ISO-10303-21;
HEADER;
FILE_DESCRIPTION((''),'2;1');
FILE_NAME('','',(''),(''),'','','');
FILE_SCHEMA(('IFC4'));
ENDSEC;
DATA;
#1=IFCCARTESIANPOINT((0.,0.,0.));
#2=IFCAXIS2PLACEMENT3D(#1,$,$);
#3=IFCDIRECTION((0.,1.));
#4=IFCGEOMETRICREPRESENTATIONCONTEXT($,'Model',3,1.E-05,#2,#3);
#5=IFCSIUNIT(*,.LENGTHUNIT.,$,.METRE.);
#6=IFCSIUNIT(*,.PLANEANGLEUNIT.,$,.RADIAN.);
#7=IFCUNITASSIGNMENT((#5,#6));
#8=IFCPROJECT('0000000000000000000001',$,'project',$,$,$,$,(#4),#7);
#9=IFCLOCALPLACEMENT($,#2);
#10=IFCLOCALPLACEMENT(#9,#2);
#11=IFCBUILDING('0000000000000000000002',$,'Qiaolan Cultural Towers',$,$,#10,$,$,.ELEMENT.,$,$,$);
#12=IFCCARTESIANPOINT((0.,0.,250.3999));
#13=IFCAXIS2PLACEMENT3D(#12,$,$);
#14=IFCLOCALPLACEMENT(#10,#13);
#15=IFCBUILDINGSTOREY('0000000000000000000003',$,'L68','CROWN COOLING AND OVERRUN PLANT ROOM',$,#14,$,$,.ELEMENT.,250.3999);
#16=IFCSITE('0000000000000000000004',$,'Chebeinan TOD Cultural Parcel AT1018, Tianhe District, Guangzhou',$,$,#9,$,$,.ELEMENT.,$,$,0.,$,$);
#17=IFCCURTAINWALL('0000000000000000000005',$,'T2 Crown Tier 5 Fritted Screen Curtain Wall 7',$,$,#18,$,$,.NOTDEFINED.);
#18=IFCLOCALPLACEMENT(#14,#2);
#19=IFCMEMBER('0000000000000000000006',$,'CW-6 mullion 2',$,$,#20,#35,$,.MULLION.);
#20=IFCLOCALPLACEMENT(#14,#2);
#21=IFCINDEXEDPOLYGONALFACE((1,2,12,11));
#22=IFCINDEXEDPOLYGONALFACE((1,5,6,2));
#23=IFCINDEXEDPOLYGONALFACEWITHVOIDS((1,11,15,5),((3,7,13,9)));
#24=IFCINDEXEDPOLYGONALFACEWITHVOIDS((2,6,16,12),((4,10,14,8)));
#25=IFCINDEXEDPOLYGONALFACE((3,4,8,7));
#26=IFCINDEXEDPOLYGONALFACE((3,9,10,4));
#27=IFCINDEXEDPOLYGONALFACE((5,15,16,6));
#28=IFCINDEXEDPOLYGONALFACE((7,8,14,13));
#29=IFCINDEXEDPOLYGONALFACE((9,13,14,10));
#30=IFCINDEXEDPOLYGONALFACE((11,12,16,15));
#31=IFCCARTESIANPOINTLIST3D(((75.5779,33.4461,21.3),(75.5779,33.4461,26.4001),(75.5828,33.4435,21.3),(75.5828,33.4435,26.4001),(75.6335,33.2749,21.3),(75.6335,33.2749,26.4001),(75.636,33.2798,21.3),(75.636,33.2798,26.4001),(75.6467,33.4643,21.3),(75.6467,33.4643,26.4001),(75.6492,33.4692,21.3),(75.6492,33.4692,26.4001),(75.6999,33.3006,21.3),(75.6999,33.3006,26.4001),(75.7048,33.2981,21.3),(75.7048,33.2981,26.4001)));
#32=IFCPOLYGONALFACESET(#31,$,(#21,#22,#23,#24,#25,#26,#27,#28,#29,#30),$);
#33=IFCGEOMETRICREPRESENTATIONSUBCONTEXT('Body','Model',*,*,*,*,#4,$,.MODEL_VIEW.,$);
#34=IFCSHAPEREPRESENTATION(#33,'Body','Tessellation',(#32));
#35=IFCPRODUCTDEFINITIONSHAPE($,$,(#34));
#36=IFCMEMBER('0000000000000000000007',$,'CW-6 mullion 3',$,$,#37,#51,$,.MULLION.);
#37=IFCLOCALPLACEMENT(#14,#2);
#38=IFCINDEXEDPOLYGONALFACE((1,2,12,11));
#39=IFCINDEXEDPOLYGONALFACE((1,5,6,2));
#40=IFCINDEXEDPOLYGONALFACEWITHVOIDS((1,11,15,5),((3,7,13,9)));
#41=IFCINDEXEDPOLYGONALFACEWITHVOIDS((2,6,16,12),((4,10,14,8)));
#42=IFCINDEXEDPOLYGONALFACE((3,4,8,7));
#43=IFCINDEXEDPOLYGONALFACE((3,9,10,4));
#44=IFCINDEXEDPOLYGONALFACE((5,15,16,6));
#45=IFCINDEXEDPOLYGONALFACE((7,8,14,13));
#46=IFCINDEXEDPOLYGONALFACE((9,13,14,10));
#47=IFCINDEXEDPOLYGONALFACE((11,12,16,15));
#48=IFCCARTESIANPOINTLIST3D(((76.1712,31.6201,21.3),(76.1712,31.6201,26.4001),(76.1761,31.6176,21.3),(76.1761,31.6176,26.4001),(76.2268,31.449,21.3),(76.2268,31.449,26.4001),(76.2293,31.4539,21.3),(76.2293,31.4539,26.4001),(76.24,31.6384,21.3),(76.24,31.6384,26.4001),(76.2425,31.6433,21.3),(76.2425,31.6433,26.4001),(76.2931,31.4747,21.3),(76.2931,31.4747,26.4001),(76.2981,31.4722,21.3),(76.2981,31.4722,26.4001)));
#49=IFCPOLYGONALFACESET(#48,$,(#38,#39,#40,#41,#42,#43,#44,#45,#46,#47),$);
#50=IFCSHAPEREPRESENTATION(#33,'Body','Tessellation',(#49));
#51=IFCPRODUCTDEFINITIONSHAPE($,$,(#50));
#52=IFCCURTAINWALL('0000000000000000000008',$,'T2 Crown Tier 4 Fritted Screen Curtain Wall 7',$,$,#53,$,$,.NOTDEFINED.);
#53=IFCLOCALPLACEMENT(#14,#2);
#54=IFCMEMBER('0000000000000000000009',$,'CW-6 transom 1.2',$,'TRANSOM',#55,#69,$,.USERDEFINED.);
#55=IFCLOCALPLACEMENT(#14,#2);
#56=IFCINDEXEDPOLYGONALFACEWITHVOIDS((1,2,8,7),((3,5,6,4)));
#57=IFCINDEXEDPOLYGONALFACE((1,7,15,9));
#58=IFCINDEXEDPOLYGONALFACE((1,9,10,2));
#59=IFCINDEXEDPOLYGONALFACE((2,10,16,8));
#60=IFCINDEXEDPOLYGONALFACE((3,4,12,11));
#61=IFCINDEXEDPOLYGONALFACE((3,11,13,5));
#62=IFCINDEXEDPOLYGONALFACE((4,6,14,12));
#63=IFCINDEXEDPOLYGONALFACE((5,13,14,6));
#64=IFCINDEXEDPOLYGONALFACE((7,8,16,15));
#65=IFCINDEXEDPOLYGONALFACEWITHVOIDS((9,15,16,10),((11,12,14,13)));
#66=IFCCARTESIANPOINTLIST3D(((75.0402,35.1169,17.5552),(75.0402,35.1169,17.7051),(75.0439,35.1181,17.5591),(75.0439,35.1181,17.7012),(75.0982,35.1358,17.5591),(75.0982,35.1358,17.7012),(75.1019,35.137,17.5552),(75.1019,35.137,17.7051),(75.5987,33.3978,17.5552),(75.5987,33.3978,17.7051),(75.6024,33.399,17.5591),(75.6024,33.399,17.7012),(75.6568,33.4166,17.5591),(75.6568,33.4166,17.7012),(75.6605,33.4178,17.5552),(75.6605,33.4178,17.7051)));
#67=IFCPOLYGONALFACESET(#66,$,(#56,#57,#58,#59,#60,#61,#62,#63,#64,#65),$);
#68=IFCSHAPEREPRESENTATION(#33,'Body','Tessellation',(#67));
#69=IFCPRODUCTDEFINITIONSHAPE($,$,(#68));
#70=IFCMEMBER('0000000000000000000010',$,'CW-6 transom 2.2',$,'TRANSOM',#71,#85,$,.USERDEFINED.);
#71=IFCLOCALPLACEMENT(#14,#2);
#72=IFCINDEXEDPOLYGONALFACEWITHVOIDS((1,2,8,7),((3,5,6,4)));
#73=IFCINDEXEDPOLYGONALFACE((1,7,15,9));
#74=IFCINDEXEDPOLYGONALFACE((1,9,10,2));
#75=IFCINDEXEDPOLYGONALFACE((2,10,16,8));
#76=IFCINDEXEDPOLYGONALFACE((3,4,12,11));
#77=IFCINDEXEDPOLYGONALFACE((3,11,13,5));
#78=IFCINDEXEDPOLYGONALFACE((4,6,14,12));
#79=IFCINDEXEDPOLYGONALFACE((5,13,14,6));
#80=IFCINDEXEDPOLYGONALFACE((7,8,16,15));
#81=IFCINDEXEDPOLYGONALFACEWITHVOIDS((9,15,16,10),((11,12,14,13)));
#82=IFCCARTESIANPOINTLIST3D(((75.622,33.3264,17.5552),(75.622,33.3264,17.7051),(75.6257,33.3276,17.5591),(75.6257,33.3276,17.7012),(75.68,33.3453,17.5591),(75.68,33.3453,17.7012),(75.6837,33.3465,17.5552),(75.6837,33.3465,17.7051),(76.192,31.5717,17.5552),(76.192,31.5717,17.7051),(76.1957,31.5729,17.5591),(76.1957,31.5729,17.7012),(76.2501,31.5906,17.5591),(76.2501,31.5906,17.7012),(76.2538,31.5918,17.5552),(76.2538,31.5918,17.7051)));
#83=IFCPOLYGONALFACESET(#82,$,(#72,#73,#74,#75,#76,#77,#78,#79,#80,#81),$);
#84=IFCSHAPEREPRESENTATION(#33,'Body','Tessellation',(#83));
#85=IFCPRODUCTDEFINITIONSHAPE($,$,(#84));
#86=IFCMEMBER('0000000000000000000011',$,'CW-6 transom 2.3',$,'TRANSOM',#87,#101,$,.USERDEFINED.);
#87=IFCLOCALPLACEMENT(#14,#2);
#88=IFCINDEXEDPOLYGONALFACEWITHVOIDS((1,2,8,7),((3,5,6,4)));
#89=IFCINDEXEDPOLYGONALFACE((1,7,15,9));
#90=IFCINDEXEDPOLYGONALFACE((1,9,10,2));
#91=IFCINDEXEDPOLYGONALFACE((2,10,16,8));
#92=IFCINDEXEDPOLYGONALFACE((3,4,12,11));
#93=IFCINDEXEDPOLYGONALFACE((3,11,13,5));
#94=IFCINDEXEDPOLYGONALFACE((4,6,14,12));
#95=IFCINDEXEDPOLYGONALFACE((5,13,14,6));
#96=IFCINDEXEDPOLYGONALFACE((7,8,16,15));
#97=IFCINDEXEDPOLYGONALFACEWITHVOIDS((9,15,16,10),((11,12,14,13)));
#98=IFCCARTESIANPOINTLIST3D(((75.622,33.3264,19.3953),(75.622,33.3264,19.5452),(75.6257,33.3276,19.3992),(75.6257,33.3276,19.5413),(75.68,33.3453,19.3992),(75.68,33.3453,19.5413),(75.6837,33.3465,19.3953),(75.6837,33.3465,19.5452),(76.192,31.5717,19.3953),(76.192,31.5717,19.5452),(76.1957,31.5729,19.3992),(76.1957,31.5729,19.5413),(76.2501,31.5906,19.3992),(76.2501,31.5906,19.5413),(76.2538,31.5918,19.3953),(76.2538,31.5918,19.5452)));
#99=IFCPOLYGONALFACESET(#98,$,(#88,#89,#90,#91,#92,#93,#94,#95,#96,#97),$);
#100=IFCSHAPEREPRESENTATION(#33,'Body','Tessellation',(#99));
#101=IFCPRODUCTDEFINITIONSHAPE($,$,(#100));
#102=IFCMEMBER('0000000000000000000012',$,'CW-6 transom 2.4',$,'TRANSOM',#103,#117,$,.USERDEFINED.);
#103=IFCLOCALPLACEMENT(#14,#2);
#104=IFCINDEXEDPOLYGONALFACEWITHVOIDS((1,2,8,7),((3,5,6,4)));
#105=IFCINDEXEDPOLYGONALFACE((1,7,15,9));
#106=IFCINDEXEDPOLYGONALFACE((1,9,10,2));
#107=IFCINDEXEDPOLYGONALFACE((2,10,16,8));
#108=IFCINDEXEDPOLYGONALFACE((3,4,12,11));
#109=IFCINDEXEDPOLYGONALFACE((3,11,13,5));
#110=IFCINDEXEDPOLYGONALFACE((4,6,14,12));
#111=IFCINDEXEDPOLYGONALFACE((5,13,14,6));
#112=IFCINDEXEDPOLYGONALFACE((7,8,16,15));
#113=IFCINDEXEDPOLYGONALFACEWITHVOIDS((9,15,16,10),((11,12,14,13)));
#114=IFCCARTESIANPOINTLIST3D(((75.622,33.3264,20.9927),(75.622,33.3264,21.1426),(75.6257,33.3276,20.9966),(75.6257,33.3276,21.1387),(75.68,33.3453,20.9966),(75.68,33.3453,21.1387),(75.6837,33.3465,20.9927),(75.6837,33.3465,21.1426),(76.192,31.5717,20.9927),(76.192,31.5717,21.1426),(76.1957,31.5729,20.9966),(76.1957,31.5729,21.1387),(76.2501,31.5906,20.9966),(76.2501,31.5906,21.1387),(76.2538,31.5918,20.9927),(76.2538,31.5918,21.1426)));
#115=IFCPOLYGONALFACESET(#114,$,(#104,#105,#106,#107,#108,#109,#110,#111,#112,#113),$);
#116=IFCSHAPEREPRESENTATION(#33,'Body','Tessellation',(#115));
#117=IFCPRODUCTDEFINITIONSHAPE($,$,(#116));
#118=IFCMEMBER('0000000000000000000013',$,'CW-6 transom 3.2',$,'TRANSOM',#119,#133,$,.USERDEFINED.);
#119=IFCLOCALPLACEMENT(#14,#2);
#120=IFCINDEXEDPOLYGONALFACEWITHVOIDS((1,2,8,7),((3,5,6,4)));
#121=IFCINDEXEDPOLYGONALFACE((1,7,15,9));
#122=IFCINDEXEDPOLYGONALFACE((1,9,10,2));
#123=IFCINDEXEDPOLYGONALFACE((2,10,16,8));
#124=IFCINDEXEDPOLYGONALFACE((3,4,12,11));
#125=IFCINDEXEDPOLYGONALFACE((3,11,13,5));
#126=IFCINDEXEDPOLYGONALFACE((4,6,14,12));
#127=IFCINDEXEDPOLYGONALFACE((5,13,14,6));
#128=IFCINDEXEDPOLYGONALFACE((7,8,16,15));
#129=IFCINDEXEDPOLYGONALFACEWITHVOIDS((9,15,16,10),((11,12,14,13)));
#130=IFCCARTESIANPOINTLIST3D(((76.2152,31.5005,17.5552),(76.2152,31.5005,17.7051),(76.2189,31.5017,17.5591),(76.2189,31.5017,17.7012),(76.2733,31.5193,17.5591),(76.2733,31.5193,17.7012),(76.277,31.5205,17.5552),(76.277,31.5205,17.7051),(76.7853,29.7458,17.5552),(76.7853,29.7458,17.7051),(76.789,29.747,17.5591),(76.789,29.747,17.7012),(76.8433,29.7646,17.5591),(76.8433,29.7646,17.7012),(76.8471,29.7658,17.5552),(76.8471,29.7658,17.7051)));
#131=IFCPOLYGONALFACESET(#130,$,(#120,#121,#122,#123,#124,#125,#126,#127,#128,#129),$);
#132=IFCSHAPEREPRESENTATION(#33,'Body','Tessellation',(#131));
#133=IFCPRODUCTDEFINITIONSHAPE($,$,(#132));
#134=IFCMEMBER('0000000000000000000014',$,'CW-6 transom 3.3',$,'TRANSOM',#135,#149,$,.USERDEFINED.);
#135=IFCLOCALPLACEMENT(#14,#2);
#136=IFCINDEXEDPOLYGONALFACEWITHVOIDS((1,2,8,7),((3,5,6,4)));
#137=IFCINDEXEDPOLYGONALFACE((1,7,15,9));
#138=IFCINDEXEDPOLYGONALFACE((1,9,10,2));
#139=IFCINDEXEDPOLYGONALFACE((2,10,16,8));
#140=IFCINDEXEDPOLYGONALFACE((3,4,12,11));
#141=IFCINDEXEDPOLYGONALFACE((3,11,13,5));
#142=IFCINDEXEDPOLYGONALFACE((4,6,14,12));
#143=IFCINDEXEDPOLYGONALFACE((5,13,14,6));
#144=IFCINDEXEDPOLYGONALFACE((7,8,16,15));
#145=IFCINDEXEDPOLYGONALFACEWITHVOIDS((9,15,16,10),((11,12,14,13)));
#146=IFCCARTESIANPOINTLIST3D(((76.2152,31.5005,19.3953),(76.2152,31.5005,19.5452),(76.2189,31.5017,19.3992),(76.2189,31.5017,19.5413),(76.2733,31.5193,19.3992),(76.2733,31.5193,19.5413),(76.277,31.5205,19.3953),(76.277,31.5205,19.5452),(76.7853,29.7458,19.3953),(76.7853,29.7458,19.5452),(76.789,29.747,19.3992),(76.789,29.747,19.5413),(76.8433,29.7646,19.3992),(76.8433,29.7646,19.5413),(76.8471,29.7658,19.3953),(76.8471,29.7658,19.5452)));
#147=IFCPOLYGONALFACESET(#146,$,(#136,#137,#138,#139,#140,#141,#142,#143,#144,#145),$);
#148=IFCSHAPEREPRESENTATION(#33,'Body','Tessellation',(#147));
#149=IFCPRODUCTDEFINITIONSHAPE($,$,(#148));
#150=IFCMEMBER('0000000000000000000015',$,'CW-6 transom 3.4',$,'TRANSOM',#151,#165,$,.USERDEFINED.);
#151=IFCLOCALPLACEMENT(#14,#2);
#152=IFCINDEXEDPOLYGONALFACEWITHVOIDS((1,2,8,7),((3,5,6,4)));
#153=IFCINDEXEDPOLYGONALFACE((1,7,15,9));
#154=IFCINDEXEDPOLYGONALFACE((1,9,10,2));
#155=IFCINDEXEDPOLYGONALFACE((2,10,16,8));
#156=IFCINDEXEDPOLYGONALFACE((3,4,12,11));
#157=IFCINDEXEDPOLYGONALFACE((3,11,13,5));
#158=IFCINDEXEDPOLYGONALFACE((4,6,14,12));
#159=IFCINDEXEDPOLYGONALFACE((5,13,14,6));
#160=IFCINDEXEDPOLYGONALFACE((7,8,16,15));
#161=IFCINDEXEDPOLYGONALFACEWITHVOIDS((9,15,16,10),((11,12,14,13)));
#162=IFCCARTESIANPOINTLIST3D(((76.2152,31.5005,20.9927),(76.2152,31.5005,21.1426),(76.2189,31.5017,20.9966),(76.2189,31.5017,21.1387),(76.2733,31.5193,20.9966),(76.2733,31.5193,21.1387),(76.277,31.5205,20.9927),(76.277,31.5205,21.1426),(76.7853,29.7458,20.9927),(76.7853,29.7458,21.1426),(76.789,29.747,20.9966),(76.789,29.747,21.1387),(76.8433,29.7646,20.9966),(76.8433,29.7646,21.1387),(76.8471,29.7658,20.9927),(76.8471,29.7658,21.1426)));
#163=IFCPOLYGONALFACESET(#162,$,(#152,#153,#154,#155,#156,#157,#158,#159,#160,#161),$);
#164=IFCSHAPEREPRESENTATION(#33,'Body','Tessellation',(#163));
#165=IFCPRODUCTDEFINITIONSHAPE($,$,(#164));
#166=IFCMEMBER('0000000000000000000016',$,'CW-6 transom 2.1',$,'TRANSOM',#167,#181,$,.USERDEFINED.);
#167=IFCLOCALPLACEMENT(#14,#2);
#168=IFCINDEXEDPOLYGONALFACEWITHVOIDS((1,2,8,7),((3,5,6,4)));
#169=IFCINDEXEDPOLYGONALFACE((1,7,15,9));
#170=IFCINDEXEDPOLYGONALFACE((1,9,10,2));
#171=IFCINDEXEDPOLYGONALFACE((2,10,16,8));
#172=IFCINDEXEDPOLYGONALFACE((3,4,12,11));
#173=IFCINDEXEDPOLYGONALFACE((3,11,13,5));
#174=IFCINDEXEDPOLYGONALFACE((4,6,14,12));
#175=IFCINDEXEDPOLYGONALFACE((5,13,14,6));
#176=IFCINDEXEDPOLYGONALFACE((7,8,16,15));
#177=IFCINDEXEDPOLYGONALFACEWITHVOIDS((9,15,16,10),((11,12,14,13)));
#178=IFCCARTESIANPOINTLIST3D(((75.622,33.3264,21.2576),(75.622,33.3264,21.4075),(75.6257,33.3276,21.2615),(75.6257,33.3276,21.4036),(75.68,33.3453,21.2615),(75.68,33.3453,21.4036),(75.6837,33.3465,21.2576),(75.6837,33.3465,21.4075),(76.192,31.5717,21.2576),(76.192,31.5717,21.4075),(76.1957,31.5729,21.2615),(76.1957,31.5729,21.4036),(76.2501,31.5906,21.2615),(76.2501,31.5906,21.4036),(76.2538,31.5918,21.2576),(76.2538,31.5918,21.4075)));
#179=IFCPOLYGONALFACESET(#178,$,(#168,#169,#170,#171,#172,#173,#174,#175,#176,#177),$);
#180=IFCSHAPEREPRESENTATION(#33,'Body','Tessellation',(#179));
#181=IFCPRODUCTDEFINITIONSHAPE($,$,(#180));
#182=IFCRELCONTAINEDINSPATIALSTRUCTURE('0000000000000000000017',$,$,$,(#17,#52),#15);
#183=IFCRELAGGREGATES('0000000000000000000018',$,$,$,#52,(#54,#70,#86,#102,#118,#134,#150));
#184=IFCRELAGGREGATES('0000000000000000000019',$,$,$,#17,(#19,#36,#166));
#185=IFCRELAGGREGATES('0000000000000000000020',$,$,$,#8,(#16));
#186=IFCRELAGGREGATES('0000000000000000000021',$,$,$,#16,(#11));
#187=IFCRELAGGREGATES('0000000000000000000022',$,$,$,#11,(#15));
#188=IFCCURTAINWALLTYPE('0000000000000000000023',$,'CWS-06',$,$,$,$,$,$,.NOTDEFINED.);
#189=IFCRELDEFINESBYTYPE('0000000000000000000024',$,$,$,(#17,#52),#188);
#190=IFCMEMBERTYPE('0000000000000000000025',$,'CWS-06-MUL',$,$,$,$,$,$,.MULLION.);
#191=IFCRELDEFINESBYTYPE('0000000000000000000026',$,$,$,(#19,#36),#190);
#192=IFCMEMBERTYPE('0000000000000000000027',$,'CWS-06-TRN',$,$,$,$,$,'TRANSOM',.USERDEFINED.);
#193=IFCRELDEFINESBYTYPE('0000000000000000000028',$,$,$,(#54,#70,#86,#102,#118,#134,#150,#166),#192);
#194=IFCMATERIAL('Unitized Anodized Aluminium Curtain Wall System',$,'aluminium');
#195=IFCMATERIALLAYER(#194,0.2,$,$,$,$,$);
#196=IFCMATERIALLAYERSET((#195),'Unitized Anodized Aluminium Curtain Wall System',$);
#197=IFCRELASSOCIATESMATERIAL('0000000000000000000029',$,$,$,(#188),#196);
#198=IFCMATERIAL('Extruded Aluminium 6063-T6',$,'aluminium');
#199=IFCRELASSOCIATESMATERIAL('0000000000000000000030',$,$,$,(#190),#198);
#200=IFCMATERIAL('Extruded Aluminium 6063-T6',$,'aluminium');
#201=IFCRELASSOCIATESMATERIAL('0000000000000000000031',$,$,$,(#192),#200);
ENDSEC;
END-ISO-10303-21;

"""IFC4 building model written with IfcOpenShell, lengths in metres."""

from ifc_helpers import new_model, si_unit, direction, frame, origin, origin_2d, place, context, subcontext, project, spatial, hollow_rectangle, extrude, material, layer, layer_set, material_profile, profile_set, type_object, element, aggregate, save


model = new_model("IFC4")

# Units and contexts
model_context = context("Model", 3, precision=1e-05, world=origin(), true_north=direction((0.0, 1.0)))
body_context = subcontext(model_context, "Body", "Model", "MODEL_VIEW")
ifc_project = project(units=[si_unit("LENGTHUNIT", "METRE"), si_unit("PLANEANGLEUNIT", "RADIAN")], contexts=[model_context])

# Site, building, storey
site_placement = place(None, origin())
site = spatial("IfcSite", under=ifc_project, at=site_placement, Name="Chebeinan TOD Cultural Parcel AT1018, Tianhe District, Guangzhou", CompositionType="ELEMENT", RefElevation=0.0)
building_placement = place(site_placement, origin())
building = spatial("IfcBuilding", under=site, at=building_placement, Name="Qiaolan Cultural Towers", CompositionType="ELEMENT")
storey_placement = place(building_placement, frame((0.0, 0.0, 250.3999)))
storey = spatial("IfcBuildingStorey", under=building, at=storey_placement, Name="L68", Description="CROWN COOLING AND OVERRUN PLANT ROOM", CompositionType="ELEMENT", Elevation=250.3999)

# Curtain walls, members
ifc_material_1 = material(Name="Unitized Anodized Aluminium Curtain Wall System", Category="aluminium")
ifc_layer_1 = layer(ifc_material_1, 0.2)
ifc_layer_set_1 = layer_set([ifc_layer_1], Name="Unitized Anodized Aluminium Curtain Wall System")
curtain_wall_type = type_object("IfcCurtainWallType", Name="CWS-06", PredefinedType="NOTDEFINED", material=ifc_layer_set_1)
curtain_wall_1_placement = place(storey_placement, origin())
curtain_wall_1 = element("IfcCurtainWall", 1, at=curtain_wall_1_placement, inside=storey, type_object=curtain_wall_type, Name="T2 Crown Tier 5 Fritted Screen Curtain Wall 7", PredefinedType="NOTDEFINED")
ifc_material_2 = material(Name="Extruded Aluminium 6063-T6", Category="aluminium")
ifc_material_profile_1 = material_profile(ifc_material_2, hollow_rectangle(XDim=0.075, YDim=0.1799, WallThickness=0.0039, at=origin_2d()), Name="CWM-180x75x4")
ifc_profile_set_1 = profile_set([ifc_material_profile_1], Name="Extruded Aluminium 6063-T6")
member_type_1 = type_object("IfcMemberType", Name="CWS-06-MUL", PredefinedType="MULLION", material=ifc_profile_set_1)
member_1_placement = place(storey_placement, frame((75.6414, 33.3721, 21.3), z_axis=(0.0, 0.0, 1.0), x_axis=(0.951057, 0.309017, 0.0)))
member_1 = element("IfcMember", 2, at=member_1_placement, type_object=member_type_1, Name="CW-6 mullion 2", PredefinedType="MULLION", context=body_context, shape_type="SweptSolid", body=[
    extrude(hollow_rectangle(XDim=0.075, YDim=0.1799, WallThickness=0.0039, at=origin_2d()), origin(), (0.0, 0.0, 1.0), 5.1001),
])
member_2_placement = place(storey_placement, frame((76.2346, 31.5461, 21.3), z_axis=(0.0, 0.0, 1.0), x_axis=(0.951057, 0.309017, 0.0)))
member_2 = element("IfcMember", 3, at=member_2_placement, type_object=member_type_1, Name="CW-6 mullion 3", PredefinedType="MULLION", context=body_context, shape_type="SweptSolid", body=[
    extrude(hollow_rectangle(XDim=0.075, YDim=0.1799, WallThickness=0.0039, at=origin_2d()), origin(), (0.0, 0.0, 1.0), 5.1001),
])
curtain_wall_2_placement = place(storey_placement, origin())
curtain_wall_2 = element("IfcCurtainWall", 4, at=curtain_wall_2_placement, inside=storey, type_object=curtain_wall_type, Name="T2 Crown Tier 4 Fritted Screen Curtain Wall 7", PredefinedType="NOTDEFINED")
ifc_material_3 = material(Name="Extruded Aluminium 6063-T6", Category="aluminium")
ifc_material_profile_2 = material_profile(ifc_material_3, hollow_rectangle(XDim=0.0649, YDim=0.1499, WallThickness=0.0039, at=origin_2d()), Name="CWT-150x65x4")
ifc_profile_set_2 = profile_set([ifc_material_profile_2], Name="Extruded Aluminium 6063-T6")
member_type_2 = type_object("IfcMemberType", Name="CWS-06-TRN", ElementType="TRANSOM", PredefinedType="USERDEFINED", material=ifc_profile_set_2)
member_3_placement = place(storey_placement, frame((75.071, 35.127, 17.6301), z_axis=(0.309007, -0.95106, 0.0), x_axis=(0.95106, 0.309007, 0.0)))
member_3 = element("IfcMember", 5, at=member_3_placement, type_object=member_type_2, Name="CW-6 transom 1.2", ObjectType="TRANSOM", PredefinedType="USERDEFINED", context=body_context, shape_type="SweptSolid", body=[
    extrude(hollow_rectangle(XDim=0.0649, YDim=0.1499, WallThickness=0.0039, at=origin_2d()), origin(), (0.0, 0.0, 1.0), 1.8076),
])
member_4_placement = place(storey_placement, frame((75.6528, 33.3364, 17.6301), z_axis=(0.308993, -0.951064, 0.0), x_axis=(0.951064, 0.308993, 0.0)))
member_4 = element("IfcMember", 6, at=member_4_placement, type_object=member_type_2, Name="CW-6 transom 2.2", ObjectType="TRANSOM", PredefinedType="USERDEFINED", context=body_context, shape_type="SweptSolid", body=[
    extrude(hollow_rectangle(XDim=0.0649, YDim=0.1499, WallThickness=0.0039, at=origin_2d()), origin(), (0.0, 0.0, 1.0), 1.845),
])
member_5_placement = place(storey_placement, frame((75.6528, 33.3364, 19.4702), z_axis=(0.308993, -0.951064, 0.0), x_axis=(0.951064, 0.308993, 0.0)))
member_5 = element("IfcMember", 7, at=member_5_placement, type_object=member_type_2, Name="CW-6 transom 2.3", ObjectType="TRANSOM", PredefinedType="USERDEFINED", context=body_context, shape_type="SweptSolid", body=[
    extrude(hollow_rectangle(XDim=0.0649, YDim=0.1499, WallThickness=0.0039, at=origin_2d()), origin(), (0.0, 0.0, 1.0), 1.845),
])
member_6_placement = place(storey_placement, frame((75.6528, 33.3364, 21.0676), z_axis=(0.308993, -0.951064, 0.0), x_axis=(0.951064, 0.308993, 0.0)))
member_6 = element("IfcMember", 8, at=member_6_placement, type_object=member_type_2, Name="CW-6 transom 2.4", ObjectType="TRANSOM", PredefinedType="USERDEFINED", context=body_context, shape_type="SweptSolid", body=[
    extrude(hollow_rectangle(XDim=0.0649, YDim=0.1499, WallThickness=0.0039, at=origin_2d()), origin(), (0.0, 0.0, 1.0), 1.845),
])
member_7_placement = place(storey_placement, frame((76.2461, 31.5105, 17.6301), z_axis=(0.308993, -0.951064, 0.0), x_axis=(0.951064, 0.308993, 0.0)))
member_7 = element("IfcMember", 9, at=member_7_placement, type_object=member_type_2, Name="CW-6 transom 3.2", ObjectType="TRANSOM", PredefinedType="USERDEFINED", context=body_context, shape_type="SweptSolid", body=[
    extrude(hollow_rectangle(XDim=0.0649, YDim=0.1499, WallThickness=0.0039, at=origin_2d()), origin(), (0.0, 0.0, 1.0), 1.845),
])
member_8_placement = place(storey_placement, frame((76.2461, 31.5105, 19.4702), z_axis=(0.308993, -0.951064, 0.0), x_axis=(0.951064, 0.308993, 0.0)))
member_8 = element("IfcMember", 10, at=member_8_placement, type_object=member_type_2, Name="CW-6 transom 3.3", ObjectType="TRANSOM", PredefinedType="USERDEFINED", context=body_context, shape_type="SweptSolid", body=[
    extrude(hollow_rectangle(XDim=0.0649, YDim=0.1499, WallThickness=0.0039, at=origin_2d()), origin(), (0.0, 0.0, 1.0), 1.845),
])
member_9_placement = place(storey_placement, frame((76.2461, 31.5105, 21.0676), z_axis=(0.308993, -0.951064, 0.0), x_axis=(0.951064, 0.308993, 0.0)))
member_9 = element("IfcMember", 11, at=member_9_placement, type_object=member_type_2, Name="CW-6 transom 3.4", ObjectType="TRANSOM", PredefinedType="USERDEFINED", context=body_context, shape_type="SweptSolid", body=[
    extrude(hollow_rectangle(XDim=0.0649, YDim=0.1499, WallThickness=0.0039, at=origin_2d()), origin(), (0.0, 0.0, 1.0), 1.845),
])

# Member
member_10_placement = place(storey_placement, frame((75.6528, 33.3364, 21.3325), z_axis=(0.308993, -0.951064, 0.0), x_axis=(0.951064, 0.308993, 0.0)))
member_10 = element("IfcMember", 12, at=member_10_placement, type_object=member_type_2, Name="CW-6 transom 2.1", ObjectType="TRANSOM", PredefinedType="USERDEFINED", context=body_context, shape_type="SweptSolid", body=[
    extrude(hollow_rectangle(XDim=0.0649, YDim=0.1499, WallThickness=0.0039, at=origin_2d()), origin(), (0.0, 0.0, 1.0), 1.845),
])

aggregate(curtain_wall_2, [member_3, member_4, member_5, member_6, member_7, member_8, member_9])
aggregate(curtain_wall_1, [member_1, member_2, member_10])

save(model, "model.ifc")
